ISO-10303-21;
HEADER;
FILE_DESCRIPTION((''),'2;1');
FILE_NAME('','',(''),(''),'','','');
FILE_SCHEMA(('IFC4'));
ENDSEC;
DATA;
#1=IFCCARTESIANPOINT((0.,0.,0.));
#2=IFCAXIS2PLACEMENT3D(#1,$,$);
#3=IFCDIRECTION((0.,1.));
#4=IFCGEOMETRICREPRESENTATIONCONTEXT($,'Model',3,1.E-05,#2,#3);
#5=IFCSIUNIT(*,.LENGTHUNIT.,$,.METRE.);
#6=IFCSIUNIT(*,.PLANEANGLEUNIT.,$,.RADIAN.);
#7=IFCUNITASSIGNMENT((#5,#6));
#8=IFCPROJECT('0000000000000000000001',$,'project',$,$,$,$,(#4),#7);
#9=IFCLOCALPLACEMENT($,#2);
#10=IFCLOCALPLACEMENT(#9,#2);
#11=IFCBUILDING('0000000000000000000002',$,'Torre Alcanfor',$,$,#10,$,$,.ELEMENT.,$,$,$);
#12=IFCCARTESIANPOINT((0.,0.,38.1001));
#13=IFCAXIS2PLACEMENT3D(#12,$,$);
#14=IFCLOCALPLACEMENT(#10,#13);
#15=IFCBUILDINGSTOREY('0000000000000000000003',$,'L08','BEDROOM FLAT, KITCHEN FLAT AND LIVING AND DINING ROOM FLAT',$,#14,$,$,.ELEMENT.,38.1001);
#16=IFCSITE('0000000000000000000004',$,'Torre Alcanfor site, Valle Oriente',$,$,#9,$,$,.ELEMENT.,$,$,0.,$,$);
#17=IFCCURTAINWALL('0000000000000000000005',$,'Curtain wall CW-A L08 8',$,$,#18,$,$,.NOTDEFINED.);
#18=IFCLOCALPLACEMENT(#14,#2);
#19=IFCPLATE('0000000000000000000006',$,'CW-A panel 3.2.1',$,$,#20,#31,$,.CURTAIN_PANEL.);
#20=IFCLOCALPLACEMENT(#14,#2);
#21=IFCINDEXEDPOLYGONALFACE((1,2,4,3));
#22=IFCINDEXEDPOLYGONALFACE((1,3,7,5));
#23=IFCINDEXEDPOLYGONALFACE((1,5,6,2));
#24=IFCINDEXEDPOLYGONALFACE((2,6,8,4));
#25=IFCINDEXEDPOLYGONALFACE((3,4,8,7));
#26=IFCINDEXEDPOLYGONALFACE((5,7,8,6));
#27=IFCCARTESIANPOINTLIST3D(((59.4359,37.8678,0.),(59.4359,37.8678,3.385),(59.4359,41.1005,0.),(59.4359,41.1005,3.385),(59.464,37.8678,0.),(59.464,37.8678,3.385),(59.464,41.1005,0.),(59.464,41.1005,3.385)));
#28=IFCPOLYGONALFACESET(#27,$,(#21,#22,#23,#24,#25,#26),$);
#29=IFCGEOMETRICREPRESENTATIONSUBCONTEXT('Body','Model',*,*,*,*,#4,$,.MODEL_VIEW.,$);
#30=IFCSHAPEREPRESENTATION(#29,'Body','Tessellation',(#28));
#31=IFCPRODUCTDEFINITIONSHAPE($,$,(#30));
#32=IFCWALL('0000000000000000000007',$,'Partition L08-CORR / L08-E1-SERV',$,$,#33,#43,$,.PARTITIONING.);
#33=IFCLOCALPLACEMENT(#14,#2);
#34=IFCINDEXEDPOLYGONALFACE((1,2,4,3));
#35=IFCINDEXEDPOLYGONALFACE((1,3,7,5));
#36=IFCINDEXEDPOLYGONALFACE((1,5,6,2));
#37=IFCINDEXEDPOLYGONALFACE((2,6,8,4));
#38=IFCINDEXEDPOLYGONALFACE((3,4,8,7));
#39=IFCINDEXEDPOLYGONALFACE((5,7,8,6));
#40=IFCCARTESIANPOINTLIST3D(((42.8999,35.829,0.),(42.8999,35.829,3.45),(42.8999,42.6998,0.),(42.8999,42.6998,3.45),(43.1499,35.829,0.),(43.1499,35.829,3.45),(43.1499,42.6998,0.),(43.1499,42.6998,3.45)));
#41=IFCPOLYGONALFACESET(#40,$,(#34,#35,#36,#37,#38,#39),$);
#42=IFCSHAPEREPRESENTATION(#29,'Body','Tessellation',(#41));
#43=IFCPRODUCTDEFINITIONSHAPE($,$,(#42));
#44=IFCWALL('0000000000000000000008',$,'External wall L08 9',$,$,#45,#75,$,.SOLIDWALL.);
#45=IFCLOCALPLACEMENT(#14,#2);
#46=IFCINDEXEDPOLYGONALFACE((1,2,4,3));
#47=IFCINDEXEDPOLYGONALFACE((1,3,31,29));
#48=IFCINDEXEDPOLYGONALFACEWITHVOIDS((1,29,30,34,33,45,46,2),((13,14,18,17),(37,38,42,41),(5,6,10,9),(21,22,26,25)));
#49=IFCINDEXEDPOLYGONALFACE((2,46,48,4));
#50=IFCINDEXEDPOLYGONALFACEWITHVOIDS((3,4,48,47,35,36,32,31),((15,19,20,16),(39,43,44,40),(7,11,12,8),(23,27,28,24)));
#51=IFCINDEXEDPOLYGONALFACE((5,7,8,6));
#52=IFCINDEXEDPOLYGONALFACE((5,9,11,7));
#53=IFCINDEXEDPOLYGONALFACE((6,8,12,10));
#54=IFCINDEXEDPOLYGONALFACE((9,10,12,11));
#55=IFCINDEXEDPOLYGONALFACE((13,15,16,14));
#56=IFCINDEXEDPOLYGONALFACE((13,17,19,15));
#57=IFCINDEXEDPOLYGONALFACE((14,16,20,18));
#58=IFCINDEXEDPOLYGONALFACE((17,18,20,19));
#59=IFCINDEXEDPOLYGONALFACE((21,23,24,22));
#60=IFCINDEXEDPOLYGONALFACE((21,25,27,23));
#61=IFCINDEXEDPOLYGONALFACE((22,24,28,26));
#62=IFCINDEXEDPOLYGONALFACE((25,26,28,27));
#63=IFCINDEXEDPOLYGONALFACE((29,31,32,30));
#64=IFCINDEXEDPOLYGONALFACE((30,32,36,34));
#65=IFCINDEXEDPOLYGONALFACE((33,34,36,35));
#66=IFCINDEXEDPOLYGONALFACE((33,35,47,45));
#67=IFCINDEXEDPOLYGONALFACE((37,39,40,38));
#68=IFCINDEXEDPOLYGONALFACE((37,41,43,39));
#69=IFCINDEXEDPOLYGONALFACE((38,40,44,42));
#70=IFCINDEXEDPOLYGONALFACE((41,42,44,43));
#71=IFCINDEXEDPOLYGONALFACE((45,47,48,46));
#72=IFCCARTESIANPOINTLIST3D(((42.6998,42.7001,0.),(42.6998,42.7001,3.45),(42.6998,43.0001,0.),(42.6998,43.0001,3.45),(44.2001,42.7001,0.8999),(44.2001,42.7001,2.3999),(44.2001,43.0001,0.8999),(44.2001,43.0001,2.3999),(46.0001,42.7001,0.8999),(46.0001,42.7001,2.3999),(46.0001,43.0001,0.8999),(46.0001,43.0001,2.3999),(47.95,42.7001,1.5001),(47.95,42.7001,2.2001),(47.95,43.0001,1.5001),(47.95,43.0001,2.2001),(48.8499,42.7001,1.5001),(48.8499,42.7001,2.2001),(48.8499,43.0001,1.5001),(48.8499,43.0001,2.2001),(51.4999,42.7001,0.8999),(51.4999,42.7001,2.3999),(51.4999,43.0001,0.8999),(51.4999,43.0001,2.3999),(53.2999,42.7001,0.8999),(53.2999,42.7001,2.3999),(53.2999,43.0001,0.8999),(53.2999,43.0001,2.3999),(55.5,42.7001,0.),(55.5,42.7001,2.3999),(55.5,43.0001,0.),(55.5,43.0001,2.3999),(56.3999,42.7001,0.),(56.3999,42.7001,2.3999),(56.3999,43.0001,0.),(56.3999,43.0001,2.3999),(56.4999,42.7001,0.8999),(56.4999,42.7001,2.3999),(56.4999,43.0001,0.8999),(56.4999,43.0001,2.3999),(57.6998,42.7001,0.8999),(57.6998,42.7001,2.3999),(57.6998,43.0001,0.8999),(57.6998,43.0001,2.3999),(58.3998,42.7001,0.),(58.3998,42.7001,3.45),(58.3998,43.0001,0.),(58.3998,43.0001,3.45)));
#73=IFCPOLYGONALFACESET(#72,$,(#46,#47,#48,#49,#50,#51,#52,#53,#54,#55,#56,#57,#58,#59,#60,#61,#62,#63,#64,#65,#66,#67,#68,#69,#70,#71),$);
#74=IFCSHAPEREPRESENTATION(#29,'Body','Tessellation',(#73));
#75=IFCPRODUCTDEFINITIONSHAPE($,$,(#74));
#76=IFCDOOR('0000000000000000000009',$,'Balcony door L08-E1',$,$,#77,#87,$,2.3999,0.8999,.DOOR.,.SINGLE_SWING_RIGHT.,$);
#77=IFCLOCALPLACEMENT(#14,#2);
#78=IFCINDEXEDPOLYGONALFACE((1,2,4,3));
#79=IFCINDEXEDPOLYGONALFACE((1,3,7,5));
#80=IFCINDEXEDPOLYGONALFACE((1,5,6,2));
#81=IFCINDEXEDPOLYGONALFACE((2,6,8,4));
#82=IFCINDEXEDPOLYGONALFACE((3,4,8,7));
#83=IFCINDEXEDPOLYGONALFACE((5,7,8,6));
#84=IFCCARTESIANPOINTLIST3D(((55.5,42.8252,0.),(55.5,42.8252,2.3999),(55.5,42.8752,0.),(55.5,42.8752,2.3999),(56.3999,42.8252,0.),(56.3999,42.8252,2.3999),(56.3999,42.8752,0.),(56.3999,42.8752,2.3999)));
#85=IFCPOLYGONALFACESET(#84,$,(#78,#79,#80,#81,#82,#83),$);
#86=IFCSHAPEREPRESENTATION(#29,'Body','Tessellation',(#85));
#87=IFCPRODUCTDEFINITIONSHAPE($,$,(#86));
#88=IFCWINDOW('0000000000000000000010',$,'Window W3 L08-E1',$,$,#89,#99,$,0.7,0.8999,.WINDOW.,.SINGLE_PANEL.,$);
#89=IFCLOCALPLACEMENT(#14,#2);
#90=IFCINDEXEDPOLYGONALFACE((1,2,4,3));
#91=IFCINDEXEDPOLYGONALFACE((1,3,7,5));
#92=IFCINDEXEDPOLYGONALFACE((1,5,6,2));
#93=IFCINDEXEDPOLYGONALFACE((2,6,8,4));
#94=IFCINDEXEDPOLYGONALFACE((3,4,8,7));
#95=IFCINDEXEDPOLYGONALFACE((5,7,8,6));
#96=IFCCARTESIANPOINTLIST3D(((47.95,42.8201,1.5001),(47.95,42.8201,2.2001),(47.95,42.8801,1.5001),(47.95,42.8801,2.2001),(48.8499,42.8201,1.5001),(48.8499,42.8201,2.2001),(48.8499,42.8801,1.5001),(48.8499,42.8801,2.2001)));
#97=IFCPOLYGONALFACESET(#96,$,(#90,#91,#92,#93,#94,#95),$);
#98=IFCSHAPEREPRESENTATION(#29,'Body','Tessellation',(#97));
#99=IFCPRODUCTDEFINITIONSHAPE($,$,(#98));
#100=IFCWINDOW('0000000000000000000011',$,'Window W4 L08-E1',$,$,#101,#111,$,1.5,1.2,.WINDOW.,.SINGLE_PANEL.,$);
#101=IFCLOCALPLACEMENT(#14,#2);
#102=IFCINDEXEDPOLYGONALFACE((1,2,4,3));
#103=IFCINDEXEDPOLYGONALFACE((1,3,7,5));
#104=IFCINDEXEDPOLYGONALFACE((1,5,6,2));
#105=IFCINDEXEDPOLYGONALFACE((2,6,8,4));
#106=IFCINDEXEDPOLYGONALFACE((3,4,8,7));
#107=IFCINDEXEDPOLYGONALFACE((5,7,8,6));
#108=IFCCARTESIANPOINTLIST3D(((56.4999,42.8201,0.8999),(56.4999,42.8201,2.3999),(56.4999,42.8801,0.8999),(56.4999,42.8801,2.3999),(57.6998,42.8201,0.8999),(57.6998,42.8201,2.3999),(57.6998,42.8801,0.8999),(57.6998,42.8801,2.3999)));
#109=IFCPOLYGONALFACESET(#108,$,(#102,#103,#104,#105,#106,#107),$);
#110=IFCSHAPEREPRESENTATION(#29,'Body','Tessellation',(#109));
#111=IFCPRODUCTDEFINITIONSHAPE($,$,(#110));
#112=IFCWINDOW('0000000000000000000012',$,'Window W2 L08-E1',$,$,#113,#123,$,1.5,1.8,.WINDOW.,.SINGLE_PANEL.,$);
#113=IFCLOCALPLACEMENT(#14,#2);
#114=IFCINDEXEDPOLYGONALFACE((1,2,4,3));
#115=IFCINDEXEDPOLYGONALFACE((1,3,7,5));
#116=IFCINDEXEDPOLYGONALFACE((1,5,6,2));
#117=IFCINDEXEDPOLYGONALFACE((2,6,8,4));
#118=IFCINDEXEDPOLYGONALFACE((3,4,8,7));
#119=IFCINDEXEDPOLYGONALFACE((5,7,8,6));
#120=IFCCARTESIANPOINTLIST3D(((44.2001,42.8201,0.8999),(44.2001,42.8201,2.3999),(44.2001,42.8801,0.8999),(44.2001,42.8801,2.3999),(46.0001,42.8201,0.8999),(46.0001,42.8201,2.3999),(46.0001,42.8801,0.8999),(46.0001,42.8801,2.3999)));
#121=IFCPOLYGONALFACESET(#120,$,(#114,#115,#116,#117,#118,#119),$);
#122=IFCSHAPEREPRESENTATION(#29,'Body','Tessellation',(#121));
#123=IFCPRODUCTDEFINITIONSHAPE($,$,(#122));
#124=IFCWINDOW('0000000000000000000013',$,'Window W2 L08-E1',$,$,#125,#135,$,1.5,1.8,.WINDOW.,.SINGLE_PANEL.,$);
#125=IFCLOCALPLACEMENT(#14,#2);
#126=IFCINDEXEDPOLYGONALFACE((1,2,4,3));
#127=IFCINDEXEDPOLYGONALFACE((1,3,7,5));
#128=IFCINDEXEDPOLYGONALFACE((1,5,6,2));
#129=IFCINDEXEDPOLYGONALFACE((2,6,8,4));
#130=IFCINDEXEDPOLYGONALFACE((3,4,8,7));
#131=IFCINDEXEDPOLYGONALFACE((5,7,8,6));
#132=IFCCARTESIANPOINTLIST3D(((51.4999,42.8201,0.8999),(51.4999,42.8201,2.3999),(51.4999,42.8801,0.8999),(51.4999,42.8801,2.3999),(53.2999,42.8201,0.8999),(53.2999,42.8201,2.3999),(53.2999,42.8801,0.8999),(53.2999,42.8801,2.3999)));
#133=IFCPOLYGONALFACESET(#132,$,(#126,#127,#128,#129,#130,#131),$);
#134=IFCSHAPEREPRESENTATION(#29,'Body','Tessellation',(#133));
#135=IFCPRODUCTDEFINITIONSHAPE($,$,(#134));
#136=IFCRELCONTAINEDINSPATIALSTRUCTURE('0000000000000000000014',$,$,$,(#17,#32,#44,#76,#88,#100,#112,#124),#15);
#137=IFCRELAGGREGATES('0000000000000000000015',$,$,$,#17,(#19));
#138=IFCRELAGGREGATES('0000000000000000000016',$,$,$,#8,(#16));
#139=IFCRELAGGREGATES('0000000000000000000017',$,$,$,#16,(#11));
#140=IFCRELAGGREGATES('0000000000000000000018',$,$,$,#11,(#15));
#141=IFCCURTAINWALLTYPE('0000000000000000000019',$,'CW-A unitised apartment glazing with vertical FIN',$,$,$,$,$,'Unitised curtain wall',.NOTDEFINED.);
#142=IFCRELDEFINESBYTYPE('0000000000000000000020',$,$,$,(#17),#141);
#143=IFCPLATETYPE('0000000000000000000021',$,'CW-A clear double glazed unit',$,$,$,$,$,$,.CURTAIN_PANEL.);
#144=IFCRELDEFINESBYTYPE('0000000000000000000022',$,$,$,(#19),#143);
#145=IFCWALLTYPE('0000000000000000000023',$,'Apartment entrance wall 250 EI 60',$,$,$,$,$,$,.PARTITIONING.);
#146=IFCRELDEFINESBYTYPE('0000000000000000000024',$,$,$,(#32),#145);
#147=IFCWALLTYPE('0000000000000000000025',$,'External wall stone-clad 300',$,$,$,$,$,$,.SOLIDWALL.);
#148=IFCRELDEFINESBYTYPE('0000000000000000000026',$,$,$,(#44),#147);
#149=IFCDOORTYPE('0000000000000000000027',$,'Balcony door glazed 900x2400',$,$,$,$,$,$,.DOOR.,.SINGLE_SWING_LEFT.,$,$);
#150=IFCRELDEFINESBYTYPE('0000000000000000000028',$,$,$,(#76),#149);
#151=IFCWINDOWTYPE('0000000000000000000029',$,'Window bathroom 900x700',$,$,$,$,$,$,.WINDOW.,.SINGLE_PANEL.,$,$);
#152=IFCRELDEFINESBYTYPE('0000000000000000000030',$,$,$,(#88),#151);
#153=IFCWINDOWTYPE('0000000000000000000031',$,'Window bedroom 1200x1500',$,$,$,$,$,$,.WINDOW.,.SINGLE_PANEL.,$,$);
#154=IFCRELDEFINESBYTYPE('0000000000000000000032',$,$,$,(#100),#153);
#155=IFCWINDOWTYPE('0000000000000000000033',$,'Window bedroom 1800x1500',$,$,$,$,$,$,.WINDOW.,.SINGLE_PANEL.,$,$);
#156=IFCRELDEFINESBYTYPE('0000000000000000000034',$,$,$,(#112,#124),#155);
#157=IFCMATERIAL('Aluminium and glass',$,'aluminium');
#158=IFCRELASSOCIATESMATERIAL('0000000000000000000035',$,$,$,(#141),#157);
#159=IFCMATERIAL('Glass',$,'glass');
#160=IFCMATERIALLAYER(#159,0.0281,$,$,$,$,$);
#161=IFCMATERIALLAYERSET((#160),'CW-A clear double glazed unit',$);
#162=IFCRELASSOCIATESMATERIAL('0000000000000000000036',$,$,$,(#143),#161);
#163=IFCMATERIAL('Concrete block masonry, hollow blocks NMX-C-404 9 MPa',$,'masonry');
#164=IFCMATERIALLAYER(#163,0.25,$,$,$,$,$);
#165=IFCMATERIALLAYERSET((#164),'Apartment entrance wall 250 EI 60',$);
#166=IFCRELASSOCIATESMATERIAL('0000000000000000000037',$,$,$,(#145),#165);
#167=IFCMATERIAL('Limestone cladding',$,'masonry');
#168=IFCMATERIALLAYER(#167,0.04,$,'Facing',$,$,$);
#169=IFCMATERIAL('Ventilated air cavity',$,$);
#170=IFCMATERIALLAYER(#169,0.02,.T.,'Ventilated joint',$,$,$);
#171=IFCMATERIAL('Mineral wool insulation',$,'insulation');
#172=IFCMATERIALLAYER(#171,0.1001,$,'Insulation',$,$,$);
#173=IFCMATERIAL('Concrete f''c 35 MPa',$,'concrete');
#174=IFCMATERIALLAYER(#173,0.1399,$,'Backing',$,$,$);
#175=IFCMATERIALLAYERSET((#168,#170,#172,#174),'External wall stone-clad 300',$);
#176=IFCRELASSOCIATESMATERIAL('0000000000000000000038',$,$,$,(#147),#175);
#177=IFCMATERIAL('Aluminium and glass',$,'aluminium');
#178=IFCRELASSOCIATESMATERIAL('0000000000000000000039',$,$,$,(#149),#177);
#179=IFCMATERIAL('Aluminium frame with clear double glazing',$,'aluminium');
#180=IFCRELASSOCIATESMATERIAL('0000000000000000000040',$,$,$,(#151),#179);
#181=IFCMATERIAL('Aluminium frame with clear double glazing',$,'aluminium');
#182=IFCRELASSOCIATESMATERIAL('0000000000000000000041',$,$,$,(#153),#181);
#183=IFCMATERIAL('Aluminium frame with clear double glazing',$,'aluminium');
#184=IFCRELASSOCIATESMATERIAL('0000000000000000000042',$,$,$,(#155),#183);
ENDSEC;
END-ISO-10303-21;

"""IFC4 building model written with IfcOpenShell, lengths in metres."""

from ifc_helpers import new_model, si_unit, direction, frame, frame_2d, origin, origin_2d, place, context, subcontext, project, spatial, rectangle, extrude, material, layer, layer_set, type_object, element, fill, aggregate, save


model = new_model("IFC4")

# Units and contexts
model_context = context("Model", 3, precision=1e-05, world=origin(), true_north=direction((0.0, 1.0)))
body_context = subcontext(model_context, "Body", "Model", "MODEL_VIEW")
ifc_project = project(units=[si_unit("LENGTHUNIT", "METRE"), si_unit("PLANEANGLEUNIT", "RADIAN")], contexts=[model_context])

# Site, building, storey
site_placement = place(None, origin())
site = spatial("IfcSite", under=ifc_project, at=site_placement, Name="Torre Alcanfor site, Valle Oriente", CompositionType="ELEMENT", RefElevation=0.0)
building_placement = place(site_placement, origin())
building = spatial("IfcBuilding", under=site, at=building_placement, Name="Torre Alcanfor", CompositionType="ELEMENT")
storey_placement = place(building_placement, frame((0.0, 0.0, 38.1001)))
storey = spatial("IfcBuildingStorey", under=building, at=storey_placement, Name="L08", Description="BEDROOM FLAT, KITCHEN FLAT AND LIVING AND DINING ROOM FLAT", CompositionType="ELEMENT", Elevation=38.1001)

# Curtain wall
ifc_material_1 = material(Name="Aluminium and glass", Category="aluminium")
curtain_wall_type = type_object("IfcCurtainWallType", Name="CW-A unitised apartment glazing with vertical FIN", ElementType="Unitised curtain wall", PredefinedType="NOTDEFINED", material=ifc_material_1)
curtain_wall_placement = place(storey_placement, origin())
curtain_wall = element("IfcCurtainWall", 1, at=curtain_wall_placement, inside=storey, type_object=curtain_wall_type, Name="Curtain wall CW-A L08 8", PredefinedType="NOTDEFINED")

# Plate
ifc_material_2 = material(Name="Glass", Category="glass")
ifc_layer_1 = layer(ifc_material_2, 0.0281)
ifc_layer_set_1 = layer_set([ifc_layer_1], Name="CW-A clear double glazed unit")
plate_type = type_object("IfcPlateType", Name="CW-A clear double glazed unit", PredefinedType="CURTAIN_PANEL", material=ifc_layer_set_1)
plate_placement = place(storey_placement, frame((59.45, 39.4841, 0.0), z_axis=(0.0, 0.0, 1.0), x_axis=(0.0, 1.0, 0.0)))
plate = element("IfcPlate", 2, at=plate_placement, type_object=plate_type, Name="CW-A panel 3.2.1", PredefinedType="CURTAIN_PANEL", context=body_context, shape_type="SweptSolid", body=[
    extrude(rectangle(XDim=3.2327, YDim=0.0281, at=origin_2d()), origin(), (0.0, 0.0, 1.0), 3.385),
])
aggregate(curtain_wall, [plate])

# Wall
ifc_material_3 = material(Name="Concrete block masonry, hollow blocks NMX-C-404 9 MPa", Category="masonry")
ifc_layer_2 = layer(ifc_material_3, 0.25)
ifc_layer_set_2 = layer_set([ifc_layer_2], Name="Apartment entrance wall 250 EI 60")
wall_type_1 = type_object("IfcWallType", Name="Apartment entrance wall 250 EI 60", PredefinedType="PARTITIONING", material=ifc_layer_set_2)
wall_1_placement = place(storey_placement, frame((43.0249, 42.7, 0.0), z_axis=(0.0, 0.0, 1.0), x_axis=(0.0, -1.0, 0.0)))
element("IfcWall", 3, at=wall_1_placement, inside=storey, type_object=wall_type_1, Name="Partition L08-CORR / L08-E1-SERV", PredefinedType="PARTITIONING", context=body_context, shape_type="SweptSolid", body=[
    extrude(rectangle(XDim=6.8708, YDim=0.25, at=frame_2d((3.4355, 0.0))), origin(), (0.0, 0.0, 1.0), 3.45),
])

# Wall, openings, door, windows
ifc_material_4 = material(Name="Limestone cladding", Category="masonry")
ifc_layer_3 = layer(ifc_material_4, 0.04, Name="Facing")
ifc_material_5 = material(Name="Ventilated air cavity")
ifc_layer_4 = layer(ifc_material_5, 0.02, ventilated=True, Name="Ventilated joint")
ifc_material_6 = material(Name="Mineral wool insulation", Category="insulation")
ifc_layer_5 = layer(ifc_material_6, 0.1001, Name="Insulation")
ifc_material_7 = material(Name="Concrete f'c 35 MPa", Category="concrete")
ifc_layer_6 = layer(ifc_material_7, 0.1399, Name="Backing")
ifc_layer_set_3 = layer_set([ifc_layer_3, ifc_layer_4, ifc_layer_5, ifc_layer_6], Name="External wall stone-clad 300")
wall_type_2 = type_object("IfcWallType", Name="External wall stone-clad 300", PredefinedType="SOLIDWALL", material=ifc_layer_set_3)
wall_2_placement = place(storey_placement, frame((58.3999, 42.8501, 0.0), z_axis=(0.0, 0.0, 1.0), x_axis=(-1.0, 0.0, 0.0)))
wall_2 = element("IfcWall", 4, at=wall_2_placement, inside=storey, type_object=wall_type_2, Name="External wall L08 9", PredefinedType="SOLIDWALL", context=body_context, shape_type="SweptSolid", body=[
    extrude(rectangle(XDim=15.7, YDim=0.3, at=frame_2d((7.8501, 0.0))), origin(), (0.0, 0.0, 1.0), 3.45),
])
opening_1_placement = place(wall_2_placement, frame((12.3999, 0.0, 0.8999)))
opening_1 = element("IfcOpeningElement", 5, at=opening_1_placement, cuts=wall_2, PredefinedType="OPENING", context=body_context, shape_type="SweptSolid", body=[
    extrude(rectangle(XDim=1.8, YDim=1.5, at=frame_2d((0.8999, 0.75))), frame((0.0, 0.1599, 0.0), z_axis=(0.0, -1.0, 0.0), x_axis=(1.0, 0.0, 0.0)), (0.0, 0.0, 1.0), 0.3201),
])
opening_2_placement = place(wall_2_placement, frame((9.55, 0.0, 1.5)))
opening_2 = element("IfcOpeningElement", 6, at=opening_2_placement, cuts=wall_2, PredefinedType="OPENING", context=body_context, shape_type="SweptSolid", body=[
    extrude(rectangle(XDim=0.8999, YDim=0.7, at=frame_2d((0.45, 0.3501))), frame((0.0, 0.1599, 0.0), z_axis=(0.0, -1.0, 0.0), x_axis=(1.0, 0.0, 0.0)), (0.0, 0.0, 1.0), 0.3201),
])
opening_3_placement = place(wall_2_placement, frame((5.1001, 0.0, 0.8999)))
opening_3 = element("IfcOpeningElement", 7, at=opening_3_placement, cuts=wall_2, PredefinedType="OPENING", context=body_context, shape_type="SweptSolid", body=[
    extrude(rectangle(XDim=1.8, YDim=1.5, at=frame_2d((0.8999, 0.75))), frame((0.0, 0.1599, 0.0), z_axis=(0.0, -1.0, 0.0), x_axis=(1.0, 0.0, 0.0)), (0.0, 0.0, 1.0), 0.3201),
])
opening_4_placement = place(wall_2_placement, frame((2.0, 0.0, 0.0)))
opening_4 = element("IfcOpeningElement", 8, at=opening_4_placement, cuts=wall_2, PredefinedType="OPENING", context=body_context, shape_type="SweptSolid", body=[
    extrude(rectangle(XDim=0.8999, YDim=2.3999, at=frame_2d((0.45, 1.2))), frame((0.0, 0.1599, 0.0), z_axis=(0.0, -1.0, 0.0), x_axis=(1.0, 0.0, 0.0)), (0.0, 0.0, 1.0), 0.3201),
])
opening_5_placement = place(wall_2_placement, frame((0.7, 0.0, 0.8999)))
opening_5 = element("IfcOpeningElement", 9, at=opening_5_placement, cuts=wall_2, PredefinedType="OPENING", context=body_context, shape_type="SweptSolid", body=[
    extrude(rectangle(XDim=1.2, YDim=1.5, at=frame_2d((0.6001, 0.75))), frame((0.0, 0.1599, 0.0), z_axis=(0.0, -1.0, 0.0), x_axis=(1.0, 0.0, 0.0)), (0.0, 0.0, 1.0), 0.3201),
])
ifc_material_8 = material(Name="Aluminium and glass", Category="aluminium")
door_type_1 = type_object("IfcDoorType", Name="Balcony door glazed 900x2400", OperationType="SINGLE_SWING_LEFT", PredefinedType="DOOR", material=ifc_material_8)
door_1_placement = place(opening_4_placement, origin())
door_1 = element("IfcDoor", 10, at=door_1_placement, inside=storey, type_object=door_type_1, Name="Balcony door L08-E1", OperationType="SINGLE_SWING_RIGHT", OverallHeight=2.3999, OverallWidth=0.8999, PredefinedType="DOOR", context=body_context, shape_type="SweptSolid", body=[
    extrude(rectangle(XDim=0.8999, YDim=2.3999, at=frame_2d((0.45, 1.2))), frame((0.0, 0.0249, 0.0), z_axis=(0.0, -1.0, 0.0), x_axis=(1.0, 0.0, 0.0)), (0.0, 0.0, 1.0), 0.05),
])
fill(opening_4, door_1)
ifc_material_9 = material(Name="Aluminium frame with clear double glazing", Category="aluminium")
window_type_1 = type_object("IfcWindowType", Name="Window bathroom 900x700", PartitioningType="SINGLE_PANEL", PredefinedType="WINDOW", material=ifc_material_9)
window_1_placement = place(opening_2_placement, origin())
window_1 = element("IfcWindow", 11, at=window_1_placement, inside=storey, type_object=window_type_1, Name="Window W3 L08-E1", OverallHeight=0.7, OverallWidth=0.8999, PartitioningType="SINGLE_PANEL", PredefinedType="WINDOW", context=body_context, shape_type="SweptSolid", body=[
    extrude(rectangle(XDim=0.8999, YDim=0.7, at=frame_2d((0.45, 0.3501))), frame((0.0, 0.03, 0.0), z_axis=(0.0, -1.0, 0.0), x_axis=(1.0, 0.0, 0.0)), (0.0, 0.0, 1.0), 0.0601),
])
fill(opening_2, window_1)
ifc_material_10 = material(Name="Aluminium frame with clear double glazing", Category="aluminium")
window_type_2 = type_object("IfcWindowType", Name="Window bedroom 1200x1500", PartitioningType="SINGLE_PANEL", PredefinedType="WINDOW", material=ifc_material_10)
window_2_placement = place(opening_5_placement, origin())
window_2 = element("IfcWindow", 12, at=window_2_placement, inside=storey, type_object=window_type_2, Name="Window W4 L08-E1", OverallHeight=1.5, OverallWidth=1.2, PartitioningType="SINGLE_PANEL", PredefinedType="WINDOW", context=body_context, shape_type="SweptSolid", body=[
    extrude(rectangle(XDim=1.2, YDim=1.5, at=frame_2d((0.6001, 0.75))), frame((0.0, 0.03, 0.0), z_axis=(0.0, -1.0, 0.0), x_axis=(1.0, 0.0, 0.0)), (0.0, 0.0, 1.0), 0.0601),
])
fill(opening_5, window_2)
ifc_material_11 = material(Name="Aluminium frame with clear double glazing", Category="aluminium")
window_type_3 = type_object("IfcWindowType", Name="Window bedroom 1800x1500", PartitioningType="SINGLE_PANEL", PredefinedType="WINDOW", material=ifc_material_11)
window_3_placement = place(opening_1_placement, origin())
window_3 = element("IfcWindow", 13, at=window_3_placement, inside=storey, type_object=window_type_3, Name="Window W2 L08-E1", OverallHeight=1.5, OverallWidth=1.8, PartitioningType="SINGLE_PANEL", PredefinedType="WINDOW", context=body_context, shape_type="SweptSolid", body=[
    extrude(rectangle(XDim=1.8, YDim=1.5, at=frame_2d((0.8999, 0.75))), frame((0.0, 0.03, 0.0), z_axis=(0.0, -1.0, 0.0), x_axis=(1.0, 0.0, 0.0)), (0.0, 0.0, 1.0), 0.0601),
])
fill(opening_1, window_3)
window_4_placement = place(opening_3_placement, origin())
window_4 = element("IfcWindow", 14, at=window_4_placement, inside=storey, type_object=window_type_3, Name="Window W2 L08-E1", OverallHeight=1.5, OverallWidth=1.8, PartitioningType="SINGLE_PANEL", PredefinedType="WINDOW", context=body_context, shape_type="SweptSolid", body=[
    extrude(rectangle(XDim=1.8, YDim=1.5, at=frame_2d((0.8999, 0.75))), frame((0.0, 0.03, 0.0), z_axis=(0.0, -1.0, 0.0), x_axis=(1.0, 0.0, 0.0)), (0.0, 0.0, 1.0), 0.0601),
])
fill(opening_3, window_4)

save(model, "model.ifc")
